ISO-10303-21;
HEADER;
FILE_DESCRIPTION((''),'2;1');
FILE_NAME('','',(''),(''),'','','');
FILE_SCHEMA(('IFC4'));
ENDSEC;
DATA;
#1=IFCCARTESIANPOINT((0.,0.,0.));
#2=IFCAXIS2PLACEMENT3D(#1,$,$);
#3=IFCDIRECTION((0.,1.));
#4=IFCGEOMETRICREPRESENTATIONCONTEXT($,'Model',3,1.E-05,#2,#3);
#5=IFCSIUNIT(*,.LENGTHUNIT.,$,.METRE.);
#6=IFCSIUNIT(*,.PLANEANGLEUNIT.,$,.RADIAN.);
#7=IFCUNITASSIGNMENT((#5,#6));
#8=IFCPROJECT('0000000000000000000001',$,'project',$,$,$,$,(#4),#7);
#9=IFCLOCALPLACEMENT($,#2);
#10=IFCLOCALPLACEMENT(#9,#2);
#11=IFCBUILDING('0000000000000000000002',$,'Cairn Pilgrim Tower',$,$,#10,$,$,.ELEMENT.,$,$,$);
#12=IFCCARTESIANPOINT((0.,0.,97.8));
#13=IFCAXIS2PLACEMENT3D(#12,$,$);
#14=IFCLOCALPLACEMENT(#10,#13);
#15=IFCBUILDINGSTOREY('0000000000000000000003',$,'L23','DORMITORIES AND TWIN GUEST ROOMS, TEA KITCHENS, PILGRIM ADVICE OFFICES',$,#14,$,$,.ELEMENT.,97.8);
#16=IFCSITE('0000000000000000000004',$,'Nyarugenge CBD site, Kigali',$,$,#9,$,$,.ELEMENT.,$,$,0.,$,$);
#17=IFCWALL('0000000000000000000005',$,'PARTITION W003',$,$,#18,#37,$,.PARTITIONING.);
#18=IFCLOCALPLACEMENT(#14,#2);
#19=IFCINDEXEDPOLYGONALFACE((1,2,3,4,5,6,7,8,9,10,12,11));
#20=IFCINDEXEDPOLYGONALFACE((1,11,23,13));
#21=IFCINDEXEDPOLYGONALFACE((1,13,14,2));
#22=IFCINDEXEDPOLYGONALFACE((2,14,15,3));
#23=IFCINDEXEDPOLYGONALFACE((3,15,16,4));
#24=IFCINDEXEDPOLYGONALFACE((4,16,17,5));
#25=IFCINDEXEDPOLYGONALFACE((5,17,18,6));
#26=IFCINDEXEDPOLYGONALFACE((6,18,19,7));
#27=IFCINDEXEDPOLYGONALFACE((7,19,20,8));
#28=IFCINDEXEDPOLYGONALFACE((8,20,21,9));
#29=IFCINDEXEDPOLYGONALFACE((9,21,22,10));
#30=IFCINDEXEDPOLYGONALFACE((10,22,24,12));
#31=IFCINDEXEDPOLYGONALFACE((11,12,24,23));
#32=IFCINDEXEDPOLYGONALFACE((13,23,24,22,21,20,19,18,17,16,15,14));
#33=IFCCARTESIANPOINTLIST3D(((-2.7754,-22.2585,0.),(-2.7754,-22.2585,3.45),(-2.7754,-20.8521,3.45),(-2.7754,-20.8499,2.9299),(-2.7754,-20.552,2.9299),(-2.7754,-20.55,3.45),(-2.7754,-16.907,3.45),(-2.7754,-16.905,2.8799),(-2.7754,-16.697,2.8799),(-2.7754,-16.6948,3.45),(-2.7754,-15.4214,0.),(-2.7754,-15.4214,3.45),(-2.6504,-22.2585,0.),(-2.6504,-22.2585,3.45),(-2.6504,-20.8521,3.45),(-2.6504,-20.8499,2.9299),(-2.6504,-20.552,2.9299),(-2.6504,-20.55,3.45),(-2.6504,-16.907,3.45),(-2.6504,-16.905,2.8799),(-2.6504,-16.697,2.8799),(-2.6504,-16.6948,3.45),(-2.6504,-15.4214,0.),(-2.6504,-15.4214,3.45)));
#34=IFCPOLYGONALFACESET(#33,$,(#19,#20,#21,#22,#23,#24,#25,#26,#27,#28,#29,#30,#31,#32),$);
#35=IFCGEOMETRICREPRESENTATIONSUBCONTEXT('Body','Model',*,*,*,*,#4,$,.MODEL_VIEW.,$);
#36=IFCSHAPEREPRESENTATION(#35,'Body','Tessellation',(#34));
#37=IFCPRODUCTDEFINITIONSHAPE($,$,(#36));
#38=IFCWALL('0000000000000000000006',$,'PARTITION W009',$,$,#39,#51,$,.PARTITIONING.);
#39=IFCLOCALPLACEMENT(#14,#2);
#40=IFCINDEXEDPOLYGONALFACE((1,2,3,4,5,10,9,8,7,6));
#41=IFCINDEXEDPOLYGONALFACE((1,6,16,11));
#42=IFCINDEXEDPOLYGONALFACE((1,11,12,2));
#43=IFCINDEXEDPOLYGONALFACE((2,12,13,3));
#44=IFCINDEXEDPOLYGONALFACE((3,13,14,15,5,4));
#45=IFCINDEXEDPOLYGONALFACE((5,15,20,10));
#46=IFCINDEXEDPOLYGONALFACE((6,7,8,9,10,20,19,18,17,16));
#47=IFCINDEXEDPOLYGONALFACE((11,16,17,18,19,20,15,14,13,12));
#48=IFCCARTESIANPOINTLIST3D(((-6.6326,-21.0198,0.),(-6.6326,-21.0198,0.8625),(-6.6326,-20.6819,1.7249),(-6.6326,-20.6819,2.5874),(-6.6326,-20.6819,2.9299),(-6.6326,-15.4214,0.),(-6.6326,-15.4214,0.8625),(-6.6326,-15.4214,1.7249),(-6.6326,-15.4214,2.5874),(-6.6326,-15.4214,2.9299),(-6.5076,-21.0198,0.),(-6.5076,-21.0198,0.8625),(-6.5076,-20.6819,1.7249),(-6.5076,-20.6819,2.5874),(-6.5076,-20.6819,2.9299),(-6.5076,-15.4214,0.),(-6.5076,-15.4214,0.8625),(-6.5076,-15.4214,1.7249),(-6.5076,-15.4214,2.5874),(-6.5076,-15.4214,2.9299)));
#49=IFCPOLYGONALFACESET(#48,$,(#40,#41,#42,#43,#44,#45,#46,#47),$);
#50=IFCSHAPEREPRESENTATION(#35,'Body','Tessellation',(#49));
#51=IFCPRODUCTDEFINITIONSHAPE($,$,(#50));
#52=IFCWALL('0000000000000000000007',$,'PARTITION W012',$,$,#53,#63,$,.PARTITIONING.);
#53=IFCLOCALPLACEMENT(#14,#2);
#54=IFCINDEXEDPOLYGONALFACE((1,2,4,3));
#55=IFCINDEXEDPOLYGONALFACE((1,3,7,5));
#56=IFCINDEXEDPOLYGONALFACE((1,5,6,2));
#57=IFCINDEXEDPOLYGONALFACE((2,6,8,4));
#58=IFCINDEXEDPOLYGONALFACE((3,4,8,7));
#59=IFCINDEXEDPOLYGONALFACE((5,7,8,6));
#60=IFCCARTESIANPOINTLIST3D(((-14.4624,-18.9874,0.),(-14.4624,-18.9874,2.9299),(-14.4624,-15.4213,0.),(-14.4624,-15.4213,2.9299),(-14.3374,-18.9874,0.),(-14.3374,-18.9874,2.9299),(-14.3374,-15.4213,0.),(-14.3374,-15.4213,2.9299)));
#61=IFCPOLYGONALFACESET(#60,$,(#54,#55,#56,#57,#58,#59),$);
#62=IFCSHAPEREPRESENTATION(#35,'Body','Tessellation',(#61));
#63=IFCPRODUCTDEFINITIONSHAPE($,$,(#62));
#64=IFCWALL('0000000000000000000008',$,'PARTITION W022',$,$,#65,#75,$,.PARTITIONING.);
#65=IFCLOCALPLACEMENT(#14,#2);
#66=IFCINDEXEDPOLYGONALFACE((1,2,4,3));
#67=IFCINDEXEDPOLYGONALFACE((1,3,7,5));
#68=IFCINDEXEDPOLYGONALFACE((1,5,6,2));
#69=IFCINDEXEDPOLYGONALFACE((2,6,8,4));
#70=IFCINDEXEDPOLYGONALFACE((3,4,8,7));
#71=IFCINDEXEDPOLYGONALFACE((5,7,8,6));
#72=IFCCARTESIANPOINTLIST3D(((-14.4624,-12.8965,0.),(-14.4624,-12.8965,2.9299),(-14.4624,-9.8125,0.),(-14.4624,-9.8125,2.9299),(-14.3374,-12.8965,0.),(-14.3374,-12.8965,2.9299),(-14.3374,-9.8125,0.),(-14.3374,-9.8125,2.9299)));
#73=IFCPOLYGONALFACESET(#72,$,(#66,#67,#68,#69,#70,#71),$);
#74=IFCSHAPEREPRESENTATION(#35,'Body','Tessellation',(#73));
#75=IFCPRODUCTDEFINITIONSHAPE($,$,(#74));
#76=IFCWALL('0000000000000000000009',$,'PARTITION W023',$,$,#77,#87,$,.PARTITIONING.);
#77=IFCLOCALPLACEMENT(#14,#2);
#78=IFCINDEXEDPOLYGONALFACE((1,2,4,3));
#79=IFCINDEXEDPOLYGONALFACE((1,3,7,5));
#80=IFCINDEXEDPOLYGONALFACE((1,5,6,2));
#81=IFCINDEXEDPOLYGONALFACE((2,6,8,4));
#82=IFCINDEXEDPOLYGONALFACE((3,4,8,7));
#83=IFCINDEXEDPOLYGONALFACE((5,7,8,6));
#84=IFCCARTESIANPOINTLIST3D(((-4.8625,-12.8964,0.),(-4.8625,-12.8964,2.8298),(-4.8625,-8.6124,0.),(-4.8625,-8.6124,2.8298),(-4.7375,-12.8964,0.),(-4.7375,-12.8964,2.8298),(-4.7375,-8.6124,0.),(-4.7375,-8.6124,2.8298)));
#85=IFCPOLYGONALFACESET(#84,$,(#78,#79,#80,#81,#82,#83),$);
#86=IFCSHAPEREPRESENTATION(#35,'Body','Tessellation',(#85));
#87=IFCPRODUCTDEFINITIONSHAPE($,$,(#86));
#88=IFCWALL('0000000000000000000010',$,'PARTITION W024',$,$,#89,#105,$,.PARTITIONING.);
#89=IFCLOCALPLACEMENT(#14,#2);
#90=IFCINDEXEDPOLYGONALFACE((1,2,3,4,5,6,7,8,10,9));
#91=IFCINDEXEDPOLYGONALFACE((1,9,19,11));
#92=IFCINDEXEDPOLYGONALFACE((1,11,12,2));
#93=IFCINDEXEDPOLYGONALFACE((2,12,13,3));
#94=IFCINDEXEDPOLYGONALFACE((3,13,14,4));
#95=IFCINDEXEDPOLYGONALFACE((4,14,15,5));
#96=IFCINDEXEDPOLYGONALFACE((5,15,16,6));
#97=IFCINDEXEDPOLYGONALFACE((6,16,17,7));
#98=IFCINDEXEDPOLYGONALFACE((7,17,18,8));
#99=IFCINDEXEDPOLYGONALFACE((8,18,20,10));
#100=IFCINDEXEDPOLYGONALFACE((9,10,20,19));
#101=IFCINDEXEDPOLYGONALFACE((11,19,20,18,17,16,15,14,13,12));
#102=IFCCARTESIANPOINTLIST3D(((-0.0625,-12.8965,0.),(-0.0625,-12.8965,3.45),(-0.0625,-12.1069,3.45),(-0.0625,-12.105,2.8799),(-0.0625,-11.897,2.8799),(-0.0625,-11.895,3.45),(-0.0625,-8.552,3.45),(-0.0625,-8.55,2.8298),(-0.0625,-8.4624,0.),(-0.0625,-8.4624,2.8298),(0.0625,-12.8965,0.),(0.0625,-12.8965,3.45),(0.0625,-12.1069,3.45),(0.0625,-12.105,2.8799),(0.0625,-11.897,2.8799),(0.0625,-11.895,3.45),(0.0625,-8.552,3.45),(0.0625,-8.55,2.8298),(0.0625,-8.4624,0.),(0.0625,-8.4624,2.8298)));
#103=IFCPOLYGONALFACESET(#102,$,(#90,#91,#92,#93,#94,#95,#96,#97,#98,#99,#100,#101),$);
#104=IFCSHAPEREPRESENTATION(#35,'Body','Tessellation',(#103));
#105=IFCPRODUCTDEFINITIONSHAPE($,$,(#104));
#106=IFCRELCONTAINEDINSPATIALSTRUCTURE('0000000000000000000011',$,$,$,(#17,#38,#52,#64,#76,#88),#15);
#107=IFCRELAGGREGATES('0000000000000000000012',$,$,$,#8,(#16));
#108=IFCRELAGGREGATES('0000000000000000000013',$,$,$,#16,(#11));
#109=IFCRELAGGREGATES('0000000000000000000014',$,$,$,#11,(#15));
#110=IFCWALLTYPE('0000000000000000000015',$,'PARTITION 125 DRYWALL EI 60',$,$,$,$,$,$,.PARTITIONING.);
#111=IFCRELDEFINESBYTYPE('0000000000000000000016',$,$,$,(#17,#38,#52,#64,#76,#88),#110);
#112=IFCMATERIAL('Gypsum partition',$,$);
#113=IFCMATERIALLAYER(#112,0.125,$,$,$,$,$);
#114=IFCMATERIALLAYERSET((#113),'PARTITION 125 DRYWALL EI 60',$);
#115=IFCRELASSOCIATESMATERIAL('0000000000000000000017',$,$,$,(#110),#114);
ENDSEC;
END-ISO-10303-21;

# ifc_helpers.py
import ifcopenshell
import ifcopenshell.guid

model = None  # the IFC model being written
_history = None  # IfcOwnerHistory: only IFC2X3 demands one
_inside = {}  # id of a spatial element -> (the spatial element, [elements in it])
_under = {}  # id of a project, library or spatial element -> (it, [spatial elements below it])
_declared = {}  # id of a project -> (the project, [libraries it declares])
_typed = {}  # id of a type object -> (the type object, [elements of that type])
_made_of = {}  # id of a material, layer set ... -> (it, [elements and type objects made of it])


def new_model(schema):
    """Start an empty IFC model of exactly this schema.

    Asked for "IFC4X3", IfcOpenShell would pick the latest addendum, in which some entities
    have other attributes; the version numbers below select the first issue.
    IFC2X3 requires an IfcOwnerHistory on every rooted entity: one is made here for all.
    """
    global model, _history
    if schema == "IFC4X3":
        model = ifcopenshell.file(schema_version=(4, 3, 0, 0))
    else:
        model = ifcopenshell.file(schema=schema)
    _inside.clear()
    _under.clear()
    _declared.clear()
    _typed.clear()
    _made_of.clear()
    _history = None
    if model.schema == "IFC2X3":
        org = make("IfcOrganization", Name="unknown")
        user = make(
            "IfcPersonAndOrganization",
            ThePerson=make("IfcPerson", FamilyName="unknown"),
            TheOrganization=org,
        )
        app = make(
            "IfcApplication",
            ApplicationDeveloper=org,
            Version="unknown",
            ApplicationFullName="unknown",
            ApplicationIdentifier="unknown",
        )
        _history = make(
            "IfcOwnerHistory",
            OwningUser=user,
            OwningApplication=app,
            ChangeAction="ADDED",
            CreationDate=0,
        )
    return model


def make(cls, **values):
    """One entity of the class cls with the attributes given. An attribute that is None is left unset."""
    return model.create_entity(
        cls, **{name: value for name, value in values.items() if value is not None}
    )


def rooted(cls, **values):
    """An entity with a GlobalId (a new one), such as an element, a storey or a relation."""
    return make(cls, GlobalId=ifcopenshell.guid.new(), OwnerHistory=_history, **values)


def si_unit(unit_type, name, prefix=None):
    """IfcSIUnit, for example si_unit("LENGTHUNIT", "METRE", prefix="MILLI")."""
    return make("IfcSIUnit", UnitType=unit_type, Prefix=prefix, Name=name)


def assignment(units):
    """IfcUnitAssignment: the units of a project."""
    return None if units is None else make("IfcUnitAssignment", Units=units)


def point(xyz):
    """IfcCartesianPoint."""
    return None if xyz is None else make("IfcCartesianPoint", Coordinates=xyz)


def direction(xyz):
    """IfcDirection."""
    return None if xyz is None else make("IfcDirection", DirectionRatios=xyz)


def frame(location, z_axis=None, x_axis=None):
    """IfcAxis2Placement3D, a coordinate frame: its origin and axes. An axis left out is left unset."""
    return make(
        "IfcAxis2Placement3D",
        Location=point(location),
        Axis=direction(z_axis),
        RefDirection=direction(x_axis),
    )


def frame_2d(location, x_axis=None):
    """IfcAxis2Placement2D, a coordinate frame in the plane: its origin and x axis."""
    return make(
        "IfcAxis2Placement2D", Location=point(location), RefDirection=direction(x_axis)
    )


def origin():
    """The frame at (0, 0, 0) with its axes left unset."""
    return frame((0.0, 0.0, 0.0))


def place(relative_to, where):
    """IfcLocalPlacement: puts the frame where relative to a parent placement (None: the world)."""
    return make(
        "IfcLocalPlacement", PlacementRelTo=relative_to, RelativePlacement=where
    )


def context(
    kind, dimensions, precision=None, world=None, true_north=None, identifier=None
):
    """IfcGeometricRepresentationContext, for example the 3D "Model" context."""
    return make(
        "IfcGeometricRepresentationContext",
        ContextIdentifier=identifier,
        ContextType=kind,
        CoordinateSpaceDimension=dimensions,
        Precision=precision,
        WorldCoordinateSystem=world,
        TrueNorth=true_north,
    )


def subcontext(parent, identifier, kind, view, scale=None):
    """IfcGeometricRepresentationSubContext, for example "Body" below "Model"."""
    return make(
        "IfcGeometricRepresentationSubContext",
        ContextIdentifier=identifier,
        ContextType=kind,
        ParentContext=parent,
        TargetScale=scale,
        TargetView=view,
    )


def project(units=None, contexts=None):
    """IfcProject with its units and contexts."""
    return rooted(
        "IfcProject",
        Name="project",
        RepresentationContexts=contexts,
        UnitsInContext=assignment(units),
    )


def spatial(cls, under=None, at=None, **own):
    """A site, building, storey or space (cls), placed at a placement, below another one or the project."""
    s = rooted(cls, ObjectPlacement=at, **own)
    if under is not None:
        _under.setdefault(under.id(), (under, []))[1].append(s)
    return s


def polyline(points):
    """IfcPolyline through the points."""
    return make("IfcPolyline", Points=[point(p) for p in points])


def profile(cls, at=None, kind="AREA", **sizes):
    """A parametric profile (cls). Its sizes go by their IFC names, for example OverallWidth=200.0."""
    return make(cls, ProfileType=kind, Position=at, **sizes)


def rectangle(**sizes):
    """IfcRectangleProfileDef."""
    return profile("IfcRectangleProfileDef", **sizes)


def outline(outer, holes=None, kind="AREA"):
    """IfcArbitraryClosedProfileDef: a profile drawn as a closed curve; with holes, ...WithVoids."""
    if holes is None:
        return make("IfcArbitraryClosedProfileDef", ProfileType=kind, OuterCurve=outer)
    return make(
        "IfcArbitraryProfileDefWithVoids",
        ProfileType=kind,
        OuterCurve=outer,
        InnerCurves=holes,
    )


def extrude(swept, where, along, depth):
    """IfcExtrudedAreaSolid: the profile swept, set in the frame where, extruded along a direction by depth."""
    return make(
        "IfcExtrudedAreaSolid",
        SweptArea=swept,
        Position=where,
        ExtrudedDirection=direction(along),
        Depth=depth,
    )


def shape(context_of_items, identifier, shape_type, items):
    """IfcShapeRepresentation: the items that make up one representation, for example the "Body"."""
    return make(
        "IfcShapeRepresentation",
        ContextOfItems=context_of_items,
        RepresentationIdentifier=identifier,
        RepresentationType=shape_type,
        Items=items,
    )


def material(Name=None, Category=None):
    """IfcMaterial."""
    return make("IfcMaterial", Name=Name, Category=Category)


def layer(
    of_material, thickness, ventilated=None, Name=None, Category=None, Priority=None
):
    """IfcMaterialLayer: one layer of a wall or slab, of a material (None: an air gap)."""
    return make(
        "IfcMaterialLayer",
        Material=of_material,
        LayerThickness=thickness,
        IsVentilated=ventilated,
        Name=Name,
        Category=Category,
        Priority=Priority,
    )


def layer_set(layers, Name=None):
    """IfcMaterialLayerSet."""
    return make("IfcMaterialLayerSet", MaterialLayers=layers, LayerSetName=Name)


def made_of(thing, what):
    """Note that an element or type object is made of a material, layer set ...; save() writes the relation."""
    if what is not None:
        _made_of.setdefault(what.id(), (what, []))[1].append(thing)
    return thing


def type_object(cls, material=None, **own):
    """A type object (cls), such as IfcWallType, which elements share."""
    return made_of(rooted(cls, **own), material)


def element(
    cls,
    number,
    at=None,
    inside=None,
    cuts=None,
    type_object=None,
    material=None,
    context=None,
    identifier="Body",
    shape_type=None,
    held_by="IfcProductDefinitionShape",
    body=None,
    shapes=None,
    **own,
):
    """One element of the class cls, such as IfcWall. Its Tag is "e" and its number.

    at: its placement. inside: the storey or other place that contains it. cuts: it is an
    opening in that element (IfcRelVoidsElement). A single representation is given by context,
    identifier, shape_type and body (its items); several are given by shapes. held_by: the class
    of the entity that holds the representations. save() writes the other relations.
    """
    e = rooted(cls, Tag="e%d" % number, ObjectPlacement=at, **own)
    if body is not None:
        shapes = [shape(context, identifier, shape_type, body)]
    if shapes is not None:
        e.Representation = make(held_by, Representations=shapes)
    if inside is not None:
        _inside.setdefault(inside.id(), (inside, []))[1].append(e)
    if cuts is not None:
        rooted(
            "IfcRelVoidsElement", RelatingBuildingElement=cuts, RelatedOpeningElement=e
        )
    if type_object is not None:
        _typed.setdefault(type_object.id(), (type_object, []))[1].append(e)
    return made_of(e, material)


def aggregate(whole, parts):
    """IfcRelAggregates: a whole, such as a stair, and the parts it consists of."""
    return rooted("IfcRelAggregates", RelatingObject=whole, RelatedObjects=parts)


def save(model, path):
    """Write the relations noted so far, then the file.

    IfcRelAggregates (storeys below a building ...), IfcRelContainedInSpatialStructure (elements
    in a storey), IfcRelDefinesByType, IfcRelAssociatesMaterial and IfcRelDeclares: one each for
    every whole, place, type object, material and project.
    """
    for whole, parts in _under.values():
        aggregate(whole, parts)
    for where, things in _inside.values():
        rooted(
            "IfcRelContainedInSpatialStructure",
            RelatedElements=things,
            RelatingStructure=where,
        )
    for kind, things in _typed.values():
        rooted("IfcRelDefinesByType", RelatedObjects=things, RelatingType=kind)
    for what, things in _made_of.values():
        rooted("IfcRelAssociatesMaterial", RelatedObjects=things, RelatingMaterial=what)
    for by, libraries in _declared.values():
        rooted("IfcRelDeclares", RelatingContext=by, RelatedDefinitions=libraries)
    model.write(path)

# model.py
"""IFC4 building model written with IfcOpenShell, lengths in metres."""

from ifc_helpers import new_model, si_unit, direction, frame, frame_2d, origin, place, context, subcontext, project, spatial, polyline, rectangle, outline, extrude, material, layer, layer_set, type_object, element, save


model = new_model("IFC4")

# Units and contexts
model_context = context("Model", 3, precision=1e-05, world=origin(), true_north=direction((0.0, 1.0)))
body_context = subcontext(model_context, "Body", "Model", "MODEL_VIEW")
ifc_project = project(units=[si_unit("LENGTHUNIT", "METRE"), si_unit("PLANEANGLEUNIT", "RADIAN")], contexts=[model_context])

# Site, building, storey
site_placement = place(None, origin())
site = spatial("IfcSite", under=ifc_project, at=site_placement, Name="Nyarugenge CBD site, Kigali", CompositionType="ELEMENT", RefElevation=0.0)
building_placement = place(site_placement, origin())
building = spatial("IfcBuilding", under=site, at=building_placement, Name="Cairn Pilgrim Tower", CompositionType="ELEMENT")
storey_placement = place(building_placement, frame((0.0, 0.0, 97.8)))
storey = spatial("IfcBuildingStorey", under=building, at=storey_placement, Name="L23", Description="DORMITORIES AND TWIN GUEST ROOMS, TEA KITCHENS, PILGRIM ADVICE OFFICES", CompositionType="ELEMENT", Elevation=97.8)

# Shared definitions
ifc_material_1 = material(Name="Gypsum partition")

# Walls
ifc_layer_1 = layer(ifc_material_1, 0.125)
ifc_layer_set_1 = layer_set([ifc_layer_1], Name="PARTITION 125 DRYWALL EI 60")
wall_type_1 = type_object("IfcWallType", Name="PARTITION 125 DRYWALL EI 60", PredefinedType="PARTITIONING", material=ifc_layer_set_1)
wall_1_placement = place(storey_placement, frame((-2.7129, -22.2585, 0.0), z_axis=(0.0, 0.0, 1.0), x_axis=(0.0, 1.0, 0.0)))
element("IfcWall", 1, at=wall_1_placement, inside=storey, type_object=wall_type_1, Name="PARTITION W003", PredefinedType="PARTITIONING", context=body_context, shape_type="SweptSolid", body=[
    extrude(outline(polyline([(0.0, 0.0), (6.8372, 0.0), (6.8372, 3.45), (5.5637, 3.45), (5.5615, 2.8799), (5.3535, 2.8799), (5.3516, 3.45), (1.7085, 3.45), (1.7065, 2.9299), (1.4087, 2.9299), (1.4065, 3.45), (0.0, 3.45), (0.0, 0.0)])), frame((0.0, 0.0625, 0.0), z_axis=(0.0, -1.0, 0.0), x_axis=(1.0, 0.0, 0.0)), (0.0, 0.0, 1.0), 0.125),
])
wall_2_placement = place(storey_placement, frame((-6.5701, -21.0198, 0.0), z_axis=(0.0, 0.0, 1.0), x_axis=(0.0, 1.0, 0.0)))
element("IfcWall", 2, at=wall_2_placement, inside=storey, type_object=wall_type_1, Name="PARTITION W009", PredefinedType="PARTITIONING", context=body_context, shape_type="SweptSolid", body=[
    extrude(outline(polyline([(0.0, 0.0), (5.5984, 0.0), (5.5984, 0.8625), (5.5984, 1.7249), (5.5984, 2.5874), (5.5984, 2.9299), (0.3379, 2.9299), (0.3379, 2.5874), (0.3379, 1.7249), (0.0, 0.8625), (0.0, 0.0)])), frame((0.0, 0.0625, 0.0), z_axis=(0.0, -1.0, 0.0), x_axis=(1.0, 0.0, 0.0)), (0.0, 0.0, 1.0), 0.125),
])
wall_3_placement = place(storey_placement, frame((-14.3999, -18.9875, 0.0), z_axis=(0.0, 0.0, 1.0), x_axis=(0.0, 1.0, 0.0)))
element("IfcWall", 3, at=wall_3_placement, inside=storey, type_object=wall_type_1, Name="PARTITION W012", PredefinedType="PARTITIONING", context=body_context, shape_type="SweptSolid", body=[
    extrude(rectangle(XDim=3.5662, YDim=0.125, at=frame_2d((1.7832, 0.0))), origin(), (0.0, 0.0, 1.0), 2.9299),
])
wall_4_placement = place(storey_placement, frame((-14.3999, -12.8965, 0.0), z_axis=(0.0, 0.0, 1.0), x_axis=(0.0, 1.0, 0.0)))
element("IfcWall", 4, at=wall_4_placement, inside=storey, type_object=wall_type_1, Name="PARTITION W022", PredefinedType="PARTITIONING", context=body_context, shape_type="SweptSolid", body=[
    extrude(rectangle(XDim=3.084, YDim=0.125, at=frame_2d((1.542, 0.0))), origin(), (0.0, 0.0, 1.0), 2.9299),
])
wall_5_placement = place(storey_placement, frame((-4.8, -12.8965, 0.0), z_axis=(0.0, 0.0, 1.0), x_axis=(0.0, 1.0, 0.0)))
element("IfcWall", 5, at=wall_5_placement, inside=storey, type_object=wall_type_1, Name="PARTITION W023", PredefinedType="PARTITIONING", context=body_context, shape_type="SweptSolid", body=[
    extrude(rectangle(XDim=4.2839, YDim=0.125, at=frame_2d((2.1421, 0.0))), origin(), (0.0, 0.0, 1.0), 2.8298),
])
wall_6_placement = place(storey_placement, frame((0.0, -12.8965, 0.0), z_axis=(0.0, 0.0, 1.0), x_axis=(0.0, 1.0, 0.0)))
element("IfcWall", 6, at=wall_6_placement, inside=storey, type_object=wall_type_1, Name="PARTITION W024", PredefinedType="PARTITIONING", context=body_context, shape_type="SweptSolid", body=[
    extrude(outline(polyline([(0.0, 0.0), (4.4341, 0.0), (4.4341, 2.8298), (4.3464, 2.8298), (4.3445, 3.45), (1.0015, 3.45), (0.9995, 2.8799), (0.7915, 2.8799), (0.7896, 3.45), (0.0, 3.45), (0.0, 0.0)])), frame((0.0, 0.0625, 0.0), z_axis=(0.0, -1.0, 0.0), x_axis=(1.0, 0.0, 0.0)), (0.0, 0.0, 1.0), 0.125),
])

save(model, "model.ifc")
